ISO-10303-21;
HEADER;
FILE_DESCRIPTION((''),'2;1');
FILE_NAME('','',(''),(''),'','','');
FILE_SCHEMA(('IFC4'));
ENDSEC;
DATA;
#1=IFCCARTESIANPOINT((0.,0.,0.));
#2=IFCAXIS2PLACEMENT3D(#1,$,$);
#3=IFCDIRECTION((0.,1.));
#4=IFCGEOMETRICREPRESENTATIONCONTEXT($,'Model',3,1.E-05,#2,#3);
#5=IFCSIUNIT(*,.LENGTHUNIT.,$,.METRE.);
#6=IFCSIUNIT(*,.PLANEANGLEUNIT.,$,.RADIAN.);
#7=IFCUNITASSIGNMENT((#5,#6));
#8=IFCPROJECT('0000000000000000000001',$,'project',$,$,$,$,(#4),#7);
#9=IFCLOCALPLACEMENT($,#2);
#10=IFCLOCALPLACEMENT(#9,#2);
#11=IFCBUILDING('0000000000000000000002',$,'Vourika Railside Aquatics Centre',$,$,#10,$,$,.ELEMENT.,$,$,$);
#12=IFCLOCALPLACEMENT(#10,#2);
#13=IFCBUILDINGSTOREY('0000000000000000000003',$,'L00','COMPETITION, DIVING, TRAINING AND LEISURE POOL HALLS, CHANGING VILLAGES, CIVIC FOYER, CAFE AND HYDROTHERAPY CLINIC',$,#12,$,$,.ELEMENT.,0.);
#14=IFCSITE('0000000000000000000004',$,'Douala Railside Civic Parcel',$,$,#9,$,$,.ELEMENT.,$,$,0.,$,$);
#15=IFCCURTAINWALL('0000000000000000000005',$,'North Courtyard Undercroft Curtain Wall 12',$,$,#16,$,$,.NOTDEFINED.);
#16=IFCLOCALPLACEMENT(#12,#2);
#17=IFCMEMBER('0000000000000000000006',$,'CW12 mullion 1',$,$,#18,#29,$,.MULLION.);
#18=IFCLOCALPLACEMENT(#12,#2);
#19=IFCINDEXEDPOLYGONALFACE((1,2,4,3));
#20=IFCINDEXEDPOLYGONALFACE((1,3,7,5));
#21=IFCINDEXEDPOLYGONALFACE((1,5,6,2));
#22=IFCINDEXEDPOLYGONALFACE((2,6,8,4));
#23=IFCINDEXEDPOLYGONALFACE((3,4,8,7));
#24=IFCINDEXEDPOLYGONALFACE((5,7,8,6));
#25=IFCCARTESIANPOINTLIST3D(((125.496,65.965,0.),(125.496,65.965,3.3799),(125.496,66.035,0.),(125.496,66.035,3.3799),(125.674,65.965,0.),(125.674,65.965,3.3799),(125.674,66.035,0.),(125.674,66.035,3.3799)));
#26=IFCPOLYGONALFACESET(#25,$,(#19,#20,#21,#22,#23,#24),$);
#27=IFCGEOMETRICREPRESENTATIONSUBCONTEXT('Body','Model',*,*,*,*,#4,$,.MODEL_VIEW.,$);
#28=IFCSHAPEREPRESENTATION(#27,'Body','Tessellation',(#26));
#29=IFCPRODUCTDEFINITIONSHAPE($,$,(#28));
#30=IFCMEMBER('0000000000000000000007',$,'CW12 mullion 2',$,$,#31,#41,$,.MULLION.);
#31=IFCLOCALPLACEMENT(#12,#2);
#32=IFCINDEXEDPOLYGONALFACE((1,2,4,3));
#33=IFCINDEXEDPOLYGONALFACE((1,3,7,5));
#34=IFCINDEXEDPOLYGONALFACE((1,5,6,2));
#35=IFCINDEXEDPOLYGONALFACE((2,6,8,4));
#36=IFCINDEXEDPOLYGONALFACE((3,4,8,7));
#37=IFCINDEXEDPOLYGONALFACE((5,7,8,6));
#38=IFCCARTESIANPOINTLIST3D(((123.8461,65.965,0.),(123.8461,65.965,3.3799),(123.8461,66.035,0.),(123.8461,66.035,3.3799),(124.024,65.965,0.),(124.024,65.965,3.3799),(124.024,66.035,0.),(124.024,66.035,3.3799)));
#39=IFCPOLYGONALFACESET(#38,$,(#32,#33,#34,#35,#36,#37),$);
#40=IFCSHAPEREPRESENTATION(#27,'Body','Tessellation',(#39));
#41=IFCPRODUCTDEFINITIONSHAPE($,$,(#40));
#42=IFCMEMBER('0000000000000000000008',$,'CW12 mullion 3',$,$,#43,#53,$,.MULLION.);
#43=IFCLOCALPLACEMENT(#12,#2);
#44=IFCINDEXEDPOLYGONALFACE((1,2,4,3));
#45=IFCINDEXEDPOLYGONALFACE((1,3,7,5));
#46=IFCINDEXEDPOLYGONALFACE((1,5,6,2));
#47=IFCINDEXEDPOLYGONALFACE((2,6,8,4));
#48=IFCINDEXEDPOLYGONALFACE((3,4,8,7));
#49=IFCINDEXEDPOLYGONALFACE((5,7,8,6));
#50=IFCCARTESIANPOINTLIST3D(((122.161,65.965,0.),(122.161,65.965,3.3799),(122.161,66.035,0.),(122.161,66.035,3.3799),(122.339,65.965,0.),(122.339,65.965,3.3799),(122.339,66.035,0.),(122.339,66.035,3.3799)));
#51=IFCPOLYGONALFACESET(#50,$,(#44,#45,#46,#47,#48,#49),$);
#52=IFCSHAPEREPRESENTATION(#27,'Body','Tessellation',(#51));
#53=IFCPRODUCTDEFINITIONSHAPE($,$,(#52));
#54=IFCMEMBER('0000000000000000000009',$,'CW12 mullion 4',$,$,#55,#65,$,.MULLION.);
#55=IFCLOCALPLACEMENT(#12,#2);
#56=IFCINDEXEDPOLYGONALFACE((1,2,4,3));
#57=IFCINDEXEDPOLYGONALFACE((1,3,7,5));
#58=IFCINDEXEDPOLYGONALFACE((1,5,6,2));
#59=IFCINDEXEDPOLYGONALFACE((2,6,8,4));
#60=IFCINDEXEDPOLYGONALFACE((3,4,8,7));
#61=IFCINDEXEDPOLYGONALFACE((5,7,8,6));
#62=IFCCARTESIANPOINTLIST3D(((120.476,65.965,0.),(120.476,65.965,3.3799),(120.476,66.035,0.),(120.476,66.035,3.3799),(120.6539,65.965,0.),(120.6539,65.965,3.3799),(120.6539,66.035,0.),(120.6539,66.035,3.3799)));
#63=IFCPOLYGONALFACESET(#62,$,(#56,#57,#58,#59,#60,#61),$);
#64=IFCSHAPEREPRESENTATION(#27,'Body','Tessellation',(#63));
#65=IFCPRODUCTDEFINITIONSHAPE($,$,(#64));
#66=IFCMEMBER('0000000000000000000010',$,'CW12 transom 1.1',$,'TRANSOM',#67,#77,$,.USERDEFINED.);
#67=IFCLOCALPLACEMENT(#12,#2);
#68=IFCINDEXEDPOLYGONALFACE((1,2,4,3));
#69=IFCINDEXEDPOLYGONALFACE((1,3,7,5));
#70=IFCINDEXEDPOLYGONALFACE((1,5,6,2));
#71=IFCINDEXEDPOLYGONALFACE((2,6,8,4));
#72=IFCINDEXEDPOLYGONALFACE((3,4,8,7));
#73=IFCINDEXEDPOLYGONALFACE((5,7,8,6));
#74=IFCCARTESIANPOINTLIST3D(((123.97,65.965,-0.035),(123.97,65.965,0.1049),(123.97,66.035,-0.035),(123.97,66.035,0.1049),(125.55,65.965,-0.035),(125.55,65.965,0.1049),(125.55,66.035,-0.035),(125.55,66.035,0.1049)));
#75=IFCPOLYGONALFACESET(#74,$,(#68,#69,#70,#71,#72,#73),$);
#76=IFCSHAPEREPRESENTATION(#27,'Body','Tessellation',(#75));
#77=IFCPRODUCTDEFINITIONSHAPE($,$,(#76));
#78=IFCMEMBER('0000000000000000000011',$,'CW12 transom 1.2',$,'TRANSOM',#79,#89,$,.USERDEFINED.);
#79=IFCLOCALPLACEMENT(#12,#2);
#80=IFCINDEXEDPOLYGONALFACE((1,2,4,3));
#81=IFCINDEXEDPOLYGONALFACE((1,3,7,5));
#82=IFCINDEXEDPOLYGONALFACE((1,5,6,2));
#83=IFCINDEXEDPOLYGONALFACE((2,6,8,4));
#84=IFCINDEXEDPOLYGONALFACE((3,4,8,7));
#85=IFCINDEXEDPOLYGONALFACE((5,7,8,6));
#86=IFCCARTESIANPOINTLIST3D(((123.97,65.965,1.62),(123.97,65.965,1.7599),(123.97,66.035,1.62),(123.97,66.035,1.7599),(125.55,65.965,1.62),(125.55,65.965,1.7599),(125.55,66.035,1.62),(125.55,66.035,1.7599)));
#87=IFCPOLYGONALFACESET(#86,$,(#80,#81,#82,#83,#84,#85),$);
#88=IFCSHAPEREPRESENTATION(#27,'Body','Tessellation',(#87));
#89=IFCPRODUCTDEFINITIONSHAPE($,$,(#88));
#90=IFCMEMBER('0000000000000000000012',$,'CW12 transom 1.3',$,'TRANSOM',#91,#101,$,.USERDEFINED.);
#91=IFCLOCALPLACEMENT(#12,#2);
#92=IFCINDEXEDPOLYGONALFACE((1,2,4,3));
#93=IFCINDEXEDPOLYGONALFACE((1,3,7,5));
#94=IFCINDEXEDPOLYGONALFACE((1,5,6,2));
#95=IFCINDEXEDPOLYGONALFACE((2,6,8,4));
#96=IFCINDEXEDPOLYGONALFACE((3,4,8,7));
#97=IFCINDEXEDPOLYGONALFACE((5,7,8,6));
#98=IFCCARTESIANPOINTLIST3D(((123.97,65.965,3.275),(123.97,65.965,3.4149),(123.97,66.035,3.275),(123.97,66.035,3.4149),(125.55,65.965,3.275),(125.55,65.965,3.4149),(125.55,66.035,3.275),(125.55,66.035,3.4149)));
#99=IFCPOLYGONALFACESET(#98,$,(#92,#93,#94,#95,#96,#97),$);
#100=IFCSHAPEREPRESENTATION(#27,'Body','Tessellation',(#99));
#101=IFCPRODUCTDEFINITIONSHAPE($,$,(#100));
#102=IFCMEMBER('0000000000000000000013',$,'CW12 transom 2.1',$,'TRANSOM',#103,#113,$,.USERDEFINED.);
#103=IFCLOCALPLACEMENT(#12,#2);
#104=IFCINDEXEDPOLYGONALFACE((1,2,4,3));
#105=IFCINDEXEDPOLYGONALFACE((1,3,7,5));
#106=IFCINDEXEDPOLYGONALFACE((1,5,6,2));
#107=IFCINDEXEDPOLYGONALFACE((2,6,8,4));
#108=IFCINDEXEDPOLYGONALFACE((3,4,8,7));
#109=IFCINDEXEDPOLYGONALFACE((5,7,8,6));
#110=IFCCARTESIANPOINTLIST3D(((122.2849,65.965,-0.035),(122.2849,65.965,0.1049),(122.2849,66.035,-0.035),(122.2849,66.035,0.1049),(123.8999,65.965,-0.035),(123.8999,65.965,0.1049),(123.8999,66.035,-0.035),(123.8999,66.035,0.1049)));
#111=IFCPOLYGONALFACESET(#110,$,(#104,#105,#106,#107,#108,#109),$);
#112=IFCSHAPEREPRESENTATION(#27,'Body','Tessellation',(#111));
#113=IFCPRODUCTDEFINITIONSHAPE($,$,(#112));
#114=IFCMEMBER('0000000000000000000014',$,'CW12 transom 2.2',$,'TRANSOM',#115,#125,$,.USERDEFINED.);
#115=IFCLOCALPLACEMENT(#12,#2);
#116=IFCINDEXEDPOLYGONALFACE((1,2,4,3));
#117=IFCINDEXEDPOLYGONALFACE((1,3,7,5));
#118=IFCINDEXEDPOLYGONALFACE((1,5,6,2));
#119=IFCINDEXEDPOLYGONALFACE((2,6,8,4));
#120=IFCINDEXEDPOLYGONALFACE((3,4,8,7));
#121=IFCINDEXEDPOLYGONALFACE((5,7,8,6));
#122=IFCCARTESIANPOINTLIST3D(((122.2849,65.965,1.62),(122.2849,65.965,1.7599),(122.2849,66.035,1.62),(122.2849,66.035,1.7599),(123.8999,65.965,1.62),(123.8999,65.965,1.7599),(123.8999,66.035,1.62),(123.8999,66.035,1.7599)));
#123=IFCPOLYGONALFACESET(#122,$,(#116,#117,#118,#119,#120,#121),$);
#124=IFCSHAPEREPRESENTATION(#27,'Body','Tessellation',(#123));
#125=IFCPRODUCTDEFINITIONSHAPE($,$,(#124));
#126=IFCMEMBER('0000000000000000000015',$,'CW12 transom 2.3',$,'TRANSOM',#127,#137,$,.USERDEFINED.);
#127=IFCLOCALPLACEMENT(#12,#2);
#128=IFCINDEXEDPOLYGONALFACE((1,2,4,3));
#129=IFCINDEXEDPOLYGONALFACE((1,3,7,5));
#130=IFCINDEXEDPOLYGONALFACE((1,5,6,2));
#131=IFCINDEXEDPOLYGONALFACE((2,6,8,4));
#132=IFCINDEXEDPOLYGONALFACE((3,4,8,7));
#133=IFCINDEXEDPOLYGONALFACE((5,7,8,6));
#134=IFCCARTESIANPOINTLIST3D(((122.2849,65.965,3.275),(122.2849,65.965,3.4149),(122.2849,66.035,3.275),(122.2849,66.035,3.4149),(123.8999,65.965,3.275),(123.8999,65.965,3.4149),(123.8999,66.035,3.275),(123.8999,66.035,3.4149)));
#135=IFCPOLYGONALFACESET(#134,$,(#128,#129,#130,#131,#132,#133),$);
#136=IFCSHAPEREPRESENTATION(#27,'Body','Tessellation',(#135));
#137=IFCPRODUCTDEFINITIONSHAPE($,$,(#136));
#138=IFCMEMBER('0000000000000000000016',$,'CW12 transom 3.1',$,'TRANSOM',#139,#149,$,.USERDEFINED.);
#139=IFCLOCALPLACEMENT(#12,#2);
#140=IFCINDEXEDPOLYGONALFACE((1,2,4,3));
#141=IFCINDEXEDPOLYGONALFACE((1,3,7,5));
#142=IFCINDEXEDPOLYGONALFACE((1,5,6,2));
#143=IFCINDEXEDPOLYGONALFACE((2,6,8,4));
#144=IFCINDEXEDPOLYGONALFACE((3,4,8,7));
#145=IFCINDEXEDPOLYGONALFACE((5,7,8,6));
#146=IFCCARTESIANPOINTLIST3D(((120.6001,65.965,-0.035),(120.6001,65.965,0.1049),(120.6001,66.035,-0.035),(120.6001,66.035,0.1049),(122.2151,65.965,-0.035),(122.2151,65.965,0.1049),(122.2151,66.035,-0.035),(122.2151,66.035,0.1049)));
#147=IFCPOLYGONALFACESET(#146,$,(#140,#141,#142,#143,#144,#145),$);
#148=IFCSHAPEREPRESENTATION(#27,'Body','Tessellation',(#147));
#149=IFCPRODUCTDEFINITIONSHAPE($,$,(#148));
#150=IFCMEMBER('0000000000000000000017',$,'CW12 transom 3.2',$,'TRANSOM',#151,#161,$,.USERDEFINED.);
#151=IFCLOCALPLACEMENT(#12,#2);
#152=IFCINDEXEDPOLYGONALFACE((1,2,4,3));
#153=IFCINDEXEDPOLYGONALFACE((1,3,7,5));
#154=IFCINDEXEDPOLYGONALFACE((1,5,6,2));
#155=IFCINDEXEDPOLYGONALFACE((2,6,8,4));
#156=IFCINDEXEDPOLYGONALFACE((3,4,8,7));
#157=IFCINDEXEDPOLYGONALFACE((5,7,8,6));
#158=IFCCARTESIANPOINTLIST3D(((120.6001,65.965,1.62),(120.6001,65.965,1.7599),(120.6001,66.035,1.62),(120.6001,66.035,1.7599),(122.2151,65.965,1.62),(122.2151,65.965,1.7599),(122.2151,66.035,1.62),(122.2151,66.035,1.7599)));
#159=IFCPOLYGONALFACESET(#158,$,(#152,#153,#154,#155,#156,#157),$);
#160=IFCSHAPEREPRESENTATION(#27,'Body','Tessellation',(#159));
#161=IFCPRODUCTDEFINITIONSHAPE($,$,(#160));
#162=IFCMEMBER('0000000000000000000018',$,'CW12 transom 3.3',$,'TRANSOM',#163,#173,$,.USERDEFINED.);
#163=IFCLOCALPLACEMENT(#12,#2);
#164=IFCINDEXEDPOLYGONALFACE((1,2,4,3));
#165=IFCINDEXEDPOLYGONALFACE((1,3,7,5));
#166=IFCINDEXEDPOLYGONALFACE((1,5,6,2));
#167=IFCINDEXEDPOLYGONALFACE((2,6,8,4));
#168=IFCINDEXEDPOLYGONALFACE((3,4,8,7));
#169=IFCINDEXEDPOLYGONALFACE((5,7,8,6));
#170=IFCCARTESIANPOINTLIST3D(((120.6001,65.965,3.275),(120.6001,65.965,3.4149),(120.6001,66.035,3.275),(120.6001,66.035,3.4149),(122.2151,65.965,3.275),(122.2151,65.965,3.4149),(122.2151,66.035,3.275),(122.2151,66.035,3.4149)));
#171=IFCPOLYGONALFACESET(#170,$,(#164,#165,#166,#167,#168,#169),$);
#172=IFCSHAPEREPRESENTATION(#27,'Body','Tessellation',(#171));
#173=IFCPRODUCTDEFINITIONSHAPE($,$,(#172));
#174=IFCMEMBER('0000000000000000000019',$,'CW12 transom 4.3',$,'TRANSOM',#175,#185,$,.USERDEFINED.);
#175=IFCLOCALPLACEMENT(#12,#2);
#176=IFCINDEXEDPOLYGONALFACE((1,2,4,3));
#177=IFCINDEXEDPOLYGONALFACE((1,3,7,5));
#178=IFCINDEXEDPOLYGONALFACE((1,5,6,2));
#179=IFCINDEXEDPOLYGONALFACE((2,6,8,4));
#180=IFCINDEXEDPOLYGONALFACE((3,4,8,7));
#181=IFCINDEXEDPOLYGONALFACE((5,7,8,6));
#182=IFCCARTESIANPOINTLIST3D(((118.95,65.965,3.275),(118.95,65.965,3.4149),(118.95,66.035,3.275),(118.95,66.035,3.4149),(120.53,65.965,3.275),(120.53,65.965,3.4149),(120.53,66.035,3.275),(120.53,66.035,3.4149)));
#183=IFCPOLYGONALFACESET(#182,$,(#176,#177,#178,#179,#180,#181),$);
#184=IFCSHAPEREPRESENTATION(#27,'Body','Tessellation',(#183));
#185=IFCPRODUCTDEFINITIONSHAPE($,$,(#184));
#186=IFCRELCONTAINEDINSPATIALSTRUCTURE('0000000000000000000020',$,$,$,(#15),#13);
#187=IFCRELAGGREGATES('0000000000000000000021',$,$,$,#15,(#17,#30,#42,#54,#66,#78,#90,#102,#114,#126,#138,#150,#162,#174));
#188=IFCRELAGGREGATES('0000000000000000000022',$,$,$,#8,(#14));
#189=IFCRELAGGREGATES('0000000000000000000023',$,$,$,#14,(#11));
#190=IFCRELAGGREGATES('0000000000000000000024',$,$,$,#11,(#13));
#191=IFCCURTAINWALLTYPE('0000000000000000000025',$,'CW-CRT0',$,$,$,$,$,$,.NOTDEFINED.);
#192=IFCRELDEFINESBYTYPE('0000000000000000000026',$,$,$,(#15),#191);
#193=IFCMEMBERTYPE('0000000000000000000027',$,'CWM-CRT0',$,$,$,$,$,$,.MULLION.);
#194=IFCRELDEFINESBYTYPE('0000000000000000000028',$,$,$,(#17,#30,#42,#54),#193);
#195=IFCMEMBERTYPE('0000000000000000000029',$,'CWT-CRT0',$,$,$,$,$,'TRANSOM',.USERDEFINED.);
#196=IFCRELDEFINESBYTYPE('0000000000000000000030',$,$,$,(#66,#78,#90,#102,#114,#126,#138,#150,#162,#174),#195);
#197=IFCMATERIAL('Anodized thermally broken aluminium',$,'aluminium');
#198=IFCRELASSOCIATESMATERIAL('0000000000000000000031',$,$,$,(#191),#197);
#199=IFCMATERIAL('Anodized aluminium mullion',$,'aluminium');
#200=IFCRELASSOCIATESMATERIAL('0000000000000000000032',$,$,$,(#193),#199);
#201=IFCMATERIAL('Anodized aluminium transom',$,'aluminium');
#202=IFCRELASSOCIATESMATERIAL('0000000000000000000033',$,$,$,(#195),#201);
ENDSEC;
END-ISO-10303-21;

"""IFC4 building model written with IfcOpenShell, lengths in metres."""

from ifc_helpers import new_model, si_unit, direction, frame, origin, origin_2d, place, context, subcontext, project, spatial, rectangle, extrude, material, material_profile, profile_set, type_object, element, aggregate, save


model = new_model("IFC4")

# Units and contexts
model_context = context("Model", 3, precision=1e-05, world=origin(), true_north=direction((0.0, 1.0)))
body_context = subcontext(model_context, "Body", "Model", "MODEL_VIEW")
ifc_project = project(units=[si_unit("LENGTHUNIT", "METRE"), si_unit("PLANEANGLEUNIT", "RADIAN")], contexts=[model_context])

# Site, building, storey
site_placement = place(None, origin())
site = spatial("IfcSite", under=ifc_project, at=site_placement, Name="Douala Railside Civic Parcel", CompositionType="ELEMENT", RefElevation=0.0)
building_placement = place(site_placement, origin())
building = spatial("IfcBuilding", under=site, at=building_placement, Name="Vourika Railside Aquatics Centre", CompositionType="ELEMENT")
storey_placement = place(building_placement, origin())
storey = spatial("IfcBuildingStorey", under=building, at=storey_placement, Name="L00", Description="COMPETITION, DIVING, TRAINING AND LEISURE POOL HALLS, CHANGING VILLAGES, CIVIC FOYER, CAFE AND HYDROTHERAPY CLINIC", CompositionType="ELEMENT", Elevation=0.0)

# Curtain wall, members
ifc_material_1 = material(Name="Anodized thermally broken aluminium", Category="aluminium")
curtain_wall_type = type_object("IfcCurtainWallType", Name="CW-CRT0", PredefinedType="NOTDEFINED", material=ifc_material_1)
curtain_wall_placement = place(storey_placement, origin())
curtain_wall = element("IfcCurtainWall", 1, at=curtain_wall_placement, inside=storey, type_object=curtain_wall_type, Name="North Courtyard Undercroft Curtain Wall 12", PredefinedType="NOTDEFINED")
ifc_material_2 = material(Name="Anodized aluminium mullion", Category="aluminium")
ifc_material_profile_1 = material_profile(ifc_material_2, rectangle(XDim=0.0701, YDim=0.178, at=origin_2d()), Name="ALU-M 70x178")
ifc_profile_set_1 = profile_set([ifc_material_profile_1], Name="Anodized aluminium mullion")
member_type_1 = type_object("IfcMemberType", Name="CWM-CRT0", PredefinedType="MULLION", material=ifc_profile_set_1)
member_1_placement = place(storey_placement, frame((125.585, 66.0, 0.0), z_axis=(0.0, 0.0, 1.0), x_axis=(0.0, -1.0, 0.0)))
member_1 = element("IfcMember", 2, at=member_1_placement, type_object=member_type_1, Name="CW12 mullion 1", PredefinedType="MULLION", context=body_context, shape_type="SweptSolid", body=[
    extrude(rectangle(XDim=0.0701, YDim=0.178, at=origin_2d()), origin(), (0.0, 0.0, 1.0), 3.3799),
])
member_2_placement = place(storey_placement, frame((123.9351, 66.0, 0.0), z_axis=(0.0, 0.0, 1.0), x_axis=(0.0, -1.0, 0.0)))
member_2 = element("IfcMember", 3, at=member_2_placement, type_object=member_type_1, Name="CW12 mullion 2", PredefinedType="MULLION", context=body_context, shape_type="SweptSolid", body=[
    extrude(rectangle(XDim=0.0701, YDim=0.178, at=origin_2d()), origin(), (0.0, 0.0, 1.0), 3.3799),
])
member_3_placement = place(storey_placement, frame((122.25, 66.0, 0.0), z_axis=(0.0, 0.0, 1.0), x_axis=(0.0, -1.0, 0.0)))
member_3 = element("IfcMember", 4, at=member_3_placement, type_object=member_type_1, Name="CW12 mullion 3", PredefinedType="MULLION", context=body_context, shape_type="SweptSolid", body=[
    extrude(rectangle(XDim=0.0701, YDim=0.178, at=origin_2d()), origin(), (0.0, 0.0, 1.0), 3.3799),
])
member_4_placement = place(storey_placement, frame((120.5649, 66.0, 0.0), z_axis=(0.0, 0.0, 1.0), x_axis=(0.0, -1.0, 0.0)))
member_4 = element("IfcMember", 5, at=member_4_placement, type_object=member_type_1, Name="CW12 mullion 4", PredefinedType="MULLION", context=body_context, shape_type="SweptSolid", body=[
    extrude(rectangle(XDim=0.0701, YDim=0.178, at=origin_2d()), origin(), (0.0, 0.0, 1.0), 3.3799),
])
ifc_material_3 = material(Name="Anodized aluminium transom", Category="aluminium")
ifc_material_profile_2 = material_profile(ifc_material_3, rectangle(XDim=0.0701, YDim=0.1399, at=origin_2d()), Name="ALU-T 70x140")
ifc_profile_set_2 = profile_set([ifc_material_profile_2], Name="Anodized aluminium transom")
member_type_2 = type_object("IfcMemberType", Name="CWT-CRT0", ElementType="TRANSOM", PredefinedType="USERDEFINED", material=ifc_profile_set_2)
member_5_placement = place(storey_placement, frame((125.55, 66.0, 0.0349), z_axis=(-1.0, 0.0, 0.0), x_axis=(0.0, -1.0, 0.0)))
member_5 = element("IfcMember", 6, at=member_5_placement, type_object=member_type_2, Name="CW12 transom 1.1", ObjectType="TRANSOM", PredefinedType="USERDEFINED", context=body_context, shape_type="SweptSolid", body=[
    extrude(rectangle(XDim=0.0701, YDim=0.1399, at=origin_2d()), origin(), (0.0, 0.0, 1.0), 1.5801),
])
member_6_placement = place(storey_placement, frame((125.55, 66.0, 1.6899), z_axis=(-1.0, 0.0, 0.0), x_axis=(0.0, -1.0, 0.0)))
member_6 = element("IfcMember", 7, at=member_6_placement, type_object=member_type_2, Name="CW12 transom 1.2", ObjectType="TRANSOM", PredefinedType="USERDEFINED", context=body_context, shape_type="SweptSolid", body=[
    extrude(rectangle(XDim=0.0701, YDim=0.1399, at=origin_2d()), origin(), (0.0, 0.0, 1.0), 1.5801),
])
member_7_placement = place(storey_placement, frame((125.55, 66.0, 3.345), z_axis=(-1.0, 0.0, 0.0), x_axis=(0.0, -1.0, 0.0)))
member_7 = element("IfcMember", 8, at=member_7_placement, type_object=member_type_2, Name="CW12 transom 1.3", ObjectType="TRANSOM", PredefinedType="USERDEFINED", context=body_context, shape_type="SweptSolid", body=[
    extrude(rectangle(XDim=0.0701, YDim=0.1399, at=origin_2d()), origin(), (0.0, 0.0, 1.0), 1.5801),
])
member_8_placement = place(storey_placement, frame((123.8999, 66.0, 0.0349), z_axis=(-1.0, 0.0, 0.0), x_axis=(0.0, -1.0, 0.0)))
member_8 = element("IfcMember", 9, at=member_8_placement, type_object=member_type_2, Name="CW12 transom 2.1", ObjectType="TRANSOM", PredefinedType="USERDEFINED", context=body_context, shape_type="SweptSolid", body=[
    extrude(rectangle(XDim=0.0701, YDim=0.1399, at=origin_2d()), origin(), (0.0, 0.0, 1.0), 1.615),
])
member_9_placement = place(storey_placement, frame((123.8999, 66.0, 1.6899), z_axis=(-1.0, 0.0, 0.0), x_axis=(0.0, -1.0, 0.0)))
member_9 = element("IfcMember", 10, at=member_9_placement, type_object=member_type_2, Name="CW12 transom 2.2", ObjectType="TRANSOM", PredefinedType="USERDEFINED", context=body_context, shape_type="SweptSolid", body=[
    extrude(rectangle(XDim=0.0701, YDim=0.1399, at=origin_2d()), origin(), (0.0, 0.0, 1.0), 1.615),
])
member_10_placement = place(storey_placement, frame((123.8999, 66.0, 3.345), z_axis=(-1.0, 0.0, 0.0), x_axis=(0.0, -1.0, 0.0)))
member_10 = element("IfcMember", 11, at=member_10_placement, type_object=member_type_2, Name="CW12 transom 2.3", ObjectType="TRANSOM", PredefinedType="USERDEFINED", context=body_context, shape_type="SweptSolid", body=[
    extrude(rectangle(XDim=0.0701, YDim=0.1399, at=origin_2d()), origin(), (0.0, 0.0, 1.0), 1.615),
])
member_11_placement = place(storey_placement, frame((122.2151, 66.0, 0.0349), z_axis=(-1.0, 0.0, 0.0), x_axis=(0.0, -1.0, 0.0)))
member_11 = element("IfcMember", 12, at=member_11_placement, type_object=member_type_2, Name="CW12 transom 3.1", ObjectType="TRANSOM", PredefinedType="USERDEFINED", context=body_context, shape_type="SweptSolid", body=[
    extrude(rectangle(XDim=0.0701, YDim=0.1399, at=origin_2d()), origin(), (0.0, 0.0, 1.0), 1.615),
])
member_12_placement = place(storey_placement, frame((122.2151, 66.0, 1.6899), z_axis=(-1.0, 0.0, 0.0), x_axis=(0.0, -1.0, 0.0)))
member_12 = element("IfcMember", 13, at=member_12_placement, type_object=member_type_2, Name="CW12 transom 3.2", ObjectType="TRANSOM", PredefinedType="USERDEFINED", context=body_context, shape_type="SweptSolid", body=[
    extrude(rectangle(XDim=0.0701, YDim=0.1399, at=origin_2d()), origin(), (0.0, 0.0, 1.0), 1.615),
])
member_13_placement = place(storey_placement, frame((122.2151, 66.0, 3.345), z_axis=(-1.0, 0.0, 0.0), x_axis=(0.0, -1.0, 0.0)))
member_13 = element("IfcMember", 14, at=member_13_placement, type_object=member_type_2, Name="CW12 transom 3.3", ObjectType="TRANSOM", PredefinedType="USERDEFINED", context=body_context, shape_type="SweptSolid", body=[
    extrude(rectangle(XDim=0.0701, YDim=0.1399, at=origin_2d()), origin(), (0.0, 0.0, 1.0), 1.615),
])
member_14_placement = place(storey_placement, frame((120.53, 66.0, 3.345), z_axis=(-1.0, 0.0, 0.0), x_axis=(0.0, -1.0, 0.0)))
member_14 = element("IfcMember", 15, at=member_14_placement, type_object=member_type_2, Name="CW12 transom 4.3", ObjectType="TRANSOM", PredefinedType="USERDEFINED", context=body_context, shape_type="SweptSolid", body=[
    extrude(rectangle(XDim=0.0701, YDim=0.1399, at=origin_2d()), origin(), (0.0, 0.0, 1.0), 1.5801),
])
aggregate(curtain_wall, [member_1, member_2, member_3, member_4, member_5, member_6, member_7, member_8, member_9, member_10, member_11, member_12, member_13, member_14])

save(model, "model.ifc")
